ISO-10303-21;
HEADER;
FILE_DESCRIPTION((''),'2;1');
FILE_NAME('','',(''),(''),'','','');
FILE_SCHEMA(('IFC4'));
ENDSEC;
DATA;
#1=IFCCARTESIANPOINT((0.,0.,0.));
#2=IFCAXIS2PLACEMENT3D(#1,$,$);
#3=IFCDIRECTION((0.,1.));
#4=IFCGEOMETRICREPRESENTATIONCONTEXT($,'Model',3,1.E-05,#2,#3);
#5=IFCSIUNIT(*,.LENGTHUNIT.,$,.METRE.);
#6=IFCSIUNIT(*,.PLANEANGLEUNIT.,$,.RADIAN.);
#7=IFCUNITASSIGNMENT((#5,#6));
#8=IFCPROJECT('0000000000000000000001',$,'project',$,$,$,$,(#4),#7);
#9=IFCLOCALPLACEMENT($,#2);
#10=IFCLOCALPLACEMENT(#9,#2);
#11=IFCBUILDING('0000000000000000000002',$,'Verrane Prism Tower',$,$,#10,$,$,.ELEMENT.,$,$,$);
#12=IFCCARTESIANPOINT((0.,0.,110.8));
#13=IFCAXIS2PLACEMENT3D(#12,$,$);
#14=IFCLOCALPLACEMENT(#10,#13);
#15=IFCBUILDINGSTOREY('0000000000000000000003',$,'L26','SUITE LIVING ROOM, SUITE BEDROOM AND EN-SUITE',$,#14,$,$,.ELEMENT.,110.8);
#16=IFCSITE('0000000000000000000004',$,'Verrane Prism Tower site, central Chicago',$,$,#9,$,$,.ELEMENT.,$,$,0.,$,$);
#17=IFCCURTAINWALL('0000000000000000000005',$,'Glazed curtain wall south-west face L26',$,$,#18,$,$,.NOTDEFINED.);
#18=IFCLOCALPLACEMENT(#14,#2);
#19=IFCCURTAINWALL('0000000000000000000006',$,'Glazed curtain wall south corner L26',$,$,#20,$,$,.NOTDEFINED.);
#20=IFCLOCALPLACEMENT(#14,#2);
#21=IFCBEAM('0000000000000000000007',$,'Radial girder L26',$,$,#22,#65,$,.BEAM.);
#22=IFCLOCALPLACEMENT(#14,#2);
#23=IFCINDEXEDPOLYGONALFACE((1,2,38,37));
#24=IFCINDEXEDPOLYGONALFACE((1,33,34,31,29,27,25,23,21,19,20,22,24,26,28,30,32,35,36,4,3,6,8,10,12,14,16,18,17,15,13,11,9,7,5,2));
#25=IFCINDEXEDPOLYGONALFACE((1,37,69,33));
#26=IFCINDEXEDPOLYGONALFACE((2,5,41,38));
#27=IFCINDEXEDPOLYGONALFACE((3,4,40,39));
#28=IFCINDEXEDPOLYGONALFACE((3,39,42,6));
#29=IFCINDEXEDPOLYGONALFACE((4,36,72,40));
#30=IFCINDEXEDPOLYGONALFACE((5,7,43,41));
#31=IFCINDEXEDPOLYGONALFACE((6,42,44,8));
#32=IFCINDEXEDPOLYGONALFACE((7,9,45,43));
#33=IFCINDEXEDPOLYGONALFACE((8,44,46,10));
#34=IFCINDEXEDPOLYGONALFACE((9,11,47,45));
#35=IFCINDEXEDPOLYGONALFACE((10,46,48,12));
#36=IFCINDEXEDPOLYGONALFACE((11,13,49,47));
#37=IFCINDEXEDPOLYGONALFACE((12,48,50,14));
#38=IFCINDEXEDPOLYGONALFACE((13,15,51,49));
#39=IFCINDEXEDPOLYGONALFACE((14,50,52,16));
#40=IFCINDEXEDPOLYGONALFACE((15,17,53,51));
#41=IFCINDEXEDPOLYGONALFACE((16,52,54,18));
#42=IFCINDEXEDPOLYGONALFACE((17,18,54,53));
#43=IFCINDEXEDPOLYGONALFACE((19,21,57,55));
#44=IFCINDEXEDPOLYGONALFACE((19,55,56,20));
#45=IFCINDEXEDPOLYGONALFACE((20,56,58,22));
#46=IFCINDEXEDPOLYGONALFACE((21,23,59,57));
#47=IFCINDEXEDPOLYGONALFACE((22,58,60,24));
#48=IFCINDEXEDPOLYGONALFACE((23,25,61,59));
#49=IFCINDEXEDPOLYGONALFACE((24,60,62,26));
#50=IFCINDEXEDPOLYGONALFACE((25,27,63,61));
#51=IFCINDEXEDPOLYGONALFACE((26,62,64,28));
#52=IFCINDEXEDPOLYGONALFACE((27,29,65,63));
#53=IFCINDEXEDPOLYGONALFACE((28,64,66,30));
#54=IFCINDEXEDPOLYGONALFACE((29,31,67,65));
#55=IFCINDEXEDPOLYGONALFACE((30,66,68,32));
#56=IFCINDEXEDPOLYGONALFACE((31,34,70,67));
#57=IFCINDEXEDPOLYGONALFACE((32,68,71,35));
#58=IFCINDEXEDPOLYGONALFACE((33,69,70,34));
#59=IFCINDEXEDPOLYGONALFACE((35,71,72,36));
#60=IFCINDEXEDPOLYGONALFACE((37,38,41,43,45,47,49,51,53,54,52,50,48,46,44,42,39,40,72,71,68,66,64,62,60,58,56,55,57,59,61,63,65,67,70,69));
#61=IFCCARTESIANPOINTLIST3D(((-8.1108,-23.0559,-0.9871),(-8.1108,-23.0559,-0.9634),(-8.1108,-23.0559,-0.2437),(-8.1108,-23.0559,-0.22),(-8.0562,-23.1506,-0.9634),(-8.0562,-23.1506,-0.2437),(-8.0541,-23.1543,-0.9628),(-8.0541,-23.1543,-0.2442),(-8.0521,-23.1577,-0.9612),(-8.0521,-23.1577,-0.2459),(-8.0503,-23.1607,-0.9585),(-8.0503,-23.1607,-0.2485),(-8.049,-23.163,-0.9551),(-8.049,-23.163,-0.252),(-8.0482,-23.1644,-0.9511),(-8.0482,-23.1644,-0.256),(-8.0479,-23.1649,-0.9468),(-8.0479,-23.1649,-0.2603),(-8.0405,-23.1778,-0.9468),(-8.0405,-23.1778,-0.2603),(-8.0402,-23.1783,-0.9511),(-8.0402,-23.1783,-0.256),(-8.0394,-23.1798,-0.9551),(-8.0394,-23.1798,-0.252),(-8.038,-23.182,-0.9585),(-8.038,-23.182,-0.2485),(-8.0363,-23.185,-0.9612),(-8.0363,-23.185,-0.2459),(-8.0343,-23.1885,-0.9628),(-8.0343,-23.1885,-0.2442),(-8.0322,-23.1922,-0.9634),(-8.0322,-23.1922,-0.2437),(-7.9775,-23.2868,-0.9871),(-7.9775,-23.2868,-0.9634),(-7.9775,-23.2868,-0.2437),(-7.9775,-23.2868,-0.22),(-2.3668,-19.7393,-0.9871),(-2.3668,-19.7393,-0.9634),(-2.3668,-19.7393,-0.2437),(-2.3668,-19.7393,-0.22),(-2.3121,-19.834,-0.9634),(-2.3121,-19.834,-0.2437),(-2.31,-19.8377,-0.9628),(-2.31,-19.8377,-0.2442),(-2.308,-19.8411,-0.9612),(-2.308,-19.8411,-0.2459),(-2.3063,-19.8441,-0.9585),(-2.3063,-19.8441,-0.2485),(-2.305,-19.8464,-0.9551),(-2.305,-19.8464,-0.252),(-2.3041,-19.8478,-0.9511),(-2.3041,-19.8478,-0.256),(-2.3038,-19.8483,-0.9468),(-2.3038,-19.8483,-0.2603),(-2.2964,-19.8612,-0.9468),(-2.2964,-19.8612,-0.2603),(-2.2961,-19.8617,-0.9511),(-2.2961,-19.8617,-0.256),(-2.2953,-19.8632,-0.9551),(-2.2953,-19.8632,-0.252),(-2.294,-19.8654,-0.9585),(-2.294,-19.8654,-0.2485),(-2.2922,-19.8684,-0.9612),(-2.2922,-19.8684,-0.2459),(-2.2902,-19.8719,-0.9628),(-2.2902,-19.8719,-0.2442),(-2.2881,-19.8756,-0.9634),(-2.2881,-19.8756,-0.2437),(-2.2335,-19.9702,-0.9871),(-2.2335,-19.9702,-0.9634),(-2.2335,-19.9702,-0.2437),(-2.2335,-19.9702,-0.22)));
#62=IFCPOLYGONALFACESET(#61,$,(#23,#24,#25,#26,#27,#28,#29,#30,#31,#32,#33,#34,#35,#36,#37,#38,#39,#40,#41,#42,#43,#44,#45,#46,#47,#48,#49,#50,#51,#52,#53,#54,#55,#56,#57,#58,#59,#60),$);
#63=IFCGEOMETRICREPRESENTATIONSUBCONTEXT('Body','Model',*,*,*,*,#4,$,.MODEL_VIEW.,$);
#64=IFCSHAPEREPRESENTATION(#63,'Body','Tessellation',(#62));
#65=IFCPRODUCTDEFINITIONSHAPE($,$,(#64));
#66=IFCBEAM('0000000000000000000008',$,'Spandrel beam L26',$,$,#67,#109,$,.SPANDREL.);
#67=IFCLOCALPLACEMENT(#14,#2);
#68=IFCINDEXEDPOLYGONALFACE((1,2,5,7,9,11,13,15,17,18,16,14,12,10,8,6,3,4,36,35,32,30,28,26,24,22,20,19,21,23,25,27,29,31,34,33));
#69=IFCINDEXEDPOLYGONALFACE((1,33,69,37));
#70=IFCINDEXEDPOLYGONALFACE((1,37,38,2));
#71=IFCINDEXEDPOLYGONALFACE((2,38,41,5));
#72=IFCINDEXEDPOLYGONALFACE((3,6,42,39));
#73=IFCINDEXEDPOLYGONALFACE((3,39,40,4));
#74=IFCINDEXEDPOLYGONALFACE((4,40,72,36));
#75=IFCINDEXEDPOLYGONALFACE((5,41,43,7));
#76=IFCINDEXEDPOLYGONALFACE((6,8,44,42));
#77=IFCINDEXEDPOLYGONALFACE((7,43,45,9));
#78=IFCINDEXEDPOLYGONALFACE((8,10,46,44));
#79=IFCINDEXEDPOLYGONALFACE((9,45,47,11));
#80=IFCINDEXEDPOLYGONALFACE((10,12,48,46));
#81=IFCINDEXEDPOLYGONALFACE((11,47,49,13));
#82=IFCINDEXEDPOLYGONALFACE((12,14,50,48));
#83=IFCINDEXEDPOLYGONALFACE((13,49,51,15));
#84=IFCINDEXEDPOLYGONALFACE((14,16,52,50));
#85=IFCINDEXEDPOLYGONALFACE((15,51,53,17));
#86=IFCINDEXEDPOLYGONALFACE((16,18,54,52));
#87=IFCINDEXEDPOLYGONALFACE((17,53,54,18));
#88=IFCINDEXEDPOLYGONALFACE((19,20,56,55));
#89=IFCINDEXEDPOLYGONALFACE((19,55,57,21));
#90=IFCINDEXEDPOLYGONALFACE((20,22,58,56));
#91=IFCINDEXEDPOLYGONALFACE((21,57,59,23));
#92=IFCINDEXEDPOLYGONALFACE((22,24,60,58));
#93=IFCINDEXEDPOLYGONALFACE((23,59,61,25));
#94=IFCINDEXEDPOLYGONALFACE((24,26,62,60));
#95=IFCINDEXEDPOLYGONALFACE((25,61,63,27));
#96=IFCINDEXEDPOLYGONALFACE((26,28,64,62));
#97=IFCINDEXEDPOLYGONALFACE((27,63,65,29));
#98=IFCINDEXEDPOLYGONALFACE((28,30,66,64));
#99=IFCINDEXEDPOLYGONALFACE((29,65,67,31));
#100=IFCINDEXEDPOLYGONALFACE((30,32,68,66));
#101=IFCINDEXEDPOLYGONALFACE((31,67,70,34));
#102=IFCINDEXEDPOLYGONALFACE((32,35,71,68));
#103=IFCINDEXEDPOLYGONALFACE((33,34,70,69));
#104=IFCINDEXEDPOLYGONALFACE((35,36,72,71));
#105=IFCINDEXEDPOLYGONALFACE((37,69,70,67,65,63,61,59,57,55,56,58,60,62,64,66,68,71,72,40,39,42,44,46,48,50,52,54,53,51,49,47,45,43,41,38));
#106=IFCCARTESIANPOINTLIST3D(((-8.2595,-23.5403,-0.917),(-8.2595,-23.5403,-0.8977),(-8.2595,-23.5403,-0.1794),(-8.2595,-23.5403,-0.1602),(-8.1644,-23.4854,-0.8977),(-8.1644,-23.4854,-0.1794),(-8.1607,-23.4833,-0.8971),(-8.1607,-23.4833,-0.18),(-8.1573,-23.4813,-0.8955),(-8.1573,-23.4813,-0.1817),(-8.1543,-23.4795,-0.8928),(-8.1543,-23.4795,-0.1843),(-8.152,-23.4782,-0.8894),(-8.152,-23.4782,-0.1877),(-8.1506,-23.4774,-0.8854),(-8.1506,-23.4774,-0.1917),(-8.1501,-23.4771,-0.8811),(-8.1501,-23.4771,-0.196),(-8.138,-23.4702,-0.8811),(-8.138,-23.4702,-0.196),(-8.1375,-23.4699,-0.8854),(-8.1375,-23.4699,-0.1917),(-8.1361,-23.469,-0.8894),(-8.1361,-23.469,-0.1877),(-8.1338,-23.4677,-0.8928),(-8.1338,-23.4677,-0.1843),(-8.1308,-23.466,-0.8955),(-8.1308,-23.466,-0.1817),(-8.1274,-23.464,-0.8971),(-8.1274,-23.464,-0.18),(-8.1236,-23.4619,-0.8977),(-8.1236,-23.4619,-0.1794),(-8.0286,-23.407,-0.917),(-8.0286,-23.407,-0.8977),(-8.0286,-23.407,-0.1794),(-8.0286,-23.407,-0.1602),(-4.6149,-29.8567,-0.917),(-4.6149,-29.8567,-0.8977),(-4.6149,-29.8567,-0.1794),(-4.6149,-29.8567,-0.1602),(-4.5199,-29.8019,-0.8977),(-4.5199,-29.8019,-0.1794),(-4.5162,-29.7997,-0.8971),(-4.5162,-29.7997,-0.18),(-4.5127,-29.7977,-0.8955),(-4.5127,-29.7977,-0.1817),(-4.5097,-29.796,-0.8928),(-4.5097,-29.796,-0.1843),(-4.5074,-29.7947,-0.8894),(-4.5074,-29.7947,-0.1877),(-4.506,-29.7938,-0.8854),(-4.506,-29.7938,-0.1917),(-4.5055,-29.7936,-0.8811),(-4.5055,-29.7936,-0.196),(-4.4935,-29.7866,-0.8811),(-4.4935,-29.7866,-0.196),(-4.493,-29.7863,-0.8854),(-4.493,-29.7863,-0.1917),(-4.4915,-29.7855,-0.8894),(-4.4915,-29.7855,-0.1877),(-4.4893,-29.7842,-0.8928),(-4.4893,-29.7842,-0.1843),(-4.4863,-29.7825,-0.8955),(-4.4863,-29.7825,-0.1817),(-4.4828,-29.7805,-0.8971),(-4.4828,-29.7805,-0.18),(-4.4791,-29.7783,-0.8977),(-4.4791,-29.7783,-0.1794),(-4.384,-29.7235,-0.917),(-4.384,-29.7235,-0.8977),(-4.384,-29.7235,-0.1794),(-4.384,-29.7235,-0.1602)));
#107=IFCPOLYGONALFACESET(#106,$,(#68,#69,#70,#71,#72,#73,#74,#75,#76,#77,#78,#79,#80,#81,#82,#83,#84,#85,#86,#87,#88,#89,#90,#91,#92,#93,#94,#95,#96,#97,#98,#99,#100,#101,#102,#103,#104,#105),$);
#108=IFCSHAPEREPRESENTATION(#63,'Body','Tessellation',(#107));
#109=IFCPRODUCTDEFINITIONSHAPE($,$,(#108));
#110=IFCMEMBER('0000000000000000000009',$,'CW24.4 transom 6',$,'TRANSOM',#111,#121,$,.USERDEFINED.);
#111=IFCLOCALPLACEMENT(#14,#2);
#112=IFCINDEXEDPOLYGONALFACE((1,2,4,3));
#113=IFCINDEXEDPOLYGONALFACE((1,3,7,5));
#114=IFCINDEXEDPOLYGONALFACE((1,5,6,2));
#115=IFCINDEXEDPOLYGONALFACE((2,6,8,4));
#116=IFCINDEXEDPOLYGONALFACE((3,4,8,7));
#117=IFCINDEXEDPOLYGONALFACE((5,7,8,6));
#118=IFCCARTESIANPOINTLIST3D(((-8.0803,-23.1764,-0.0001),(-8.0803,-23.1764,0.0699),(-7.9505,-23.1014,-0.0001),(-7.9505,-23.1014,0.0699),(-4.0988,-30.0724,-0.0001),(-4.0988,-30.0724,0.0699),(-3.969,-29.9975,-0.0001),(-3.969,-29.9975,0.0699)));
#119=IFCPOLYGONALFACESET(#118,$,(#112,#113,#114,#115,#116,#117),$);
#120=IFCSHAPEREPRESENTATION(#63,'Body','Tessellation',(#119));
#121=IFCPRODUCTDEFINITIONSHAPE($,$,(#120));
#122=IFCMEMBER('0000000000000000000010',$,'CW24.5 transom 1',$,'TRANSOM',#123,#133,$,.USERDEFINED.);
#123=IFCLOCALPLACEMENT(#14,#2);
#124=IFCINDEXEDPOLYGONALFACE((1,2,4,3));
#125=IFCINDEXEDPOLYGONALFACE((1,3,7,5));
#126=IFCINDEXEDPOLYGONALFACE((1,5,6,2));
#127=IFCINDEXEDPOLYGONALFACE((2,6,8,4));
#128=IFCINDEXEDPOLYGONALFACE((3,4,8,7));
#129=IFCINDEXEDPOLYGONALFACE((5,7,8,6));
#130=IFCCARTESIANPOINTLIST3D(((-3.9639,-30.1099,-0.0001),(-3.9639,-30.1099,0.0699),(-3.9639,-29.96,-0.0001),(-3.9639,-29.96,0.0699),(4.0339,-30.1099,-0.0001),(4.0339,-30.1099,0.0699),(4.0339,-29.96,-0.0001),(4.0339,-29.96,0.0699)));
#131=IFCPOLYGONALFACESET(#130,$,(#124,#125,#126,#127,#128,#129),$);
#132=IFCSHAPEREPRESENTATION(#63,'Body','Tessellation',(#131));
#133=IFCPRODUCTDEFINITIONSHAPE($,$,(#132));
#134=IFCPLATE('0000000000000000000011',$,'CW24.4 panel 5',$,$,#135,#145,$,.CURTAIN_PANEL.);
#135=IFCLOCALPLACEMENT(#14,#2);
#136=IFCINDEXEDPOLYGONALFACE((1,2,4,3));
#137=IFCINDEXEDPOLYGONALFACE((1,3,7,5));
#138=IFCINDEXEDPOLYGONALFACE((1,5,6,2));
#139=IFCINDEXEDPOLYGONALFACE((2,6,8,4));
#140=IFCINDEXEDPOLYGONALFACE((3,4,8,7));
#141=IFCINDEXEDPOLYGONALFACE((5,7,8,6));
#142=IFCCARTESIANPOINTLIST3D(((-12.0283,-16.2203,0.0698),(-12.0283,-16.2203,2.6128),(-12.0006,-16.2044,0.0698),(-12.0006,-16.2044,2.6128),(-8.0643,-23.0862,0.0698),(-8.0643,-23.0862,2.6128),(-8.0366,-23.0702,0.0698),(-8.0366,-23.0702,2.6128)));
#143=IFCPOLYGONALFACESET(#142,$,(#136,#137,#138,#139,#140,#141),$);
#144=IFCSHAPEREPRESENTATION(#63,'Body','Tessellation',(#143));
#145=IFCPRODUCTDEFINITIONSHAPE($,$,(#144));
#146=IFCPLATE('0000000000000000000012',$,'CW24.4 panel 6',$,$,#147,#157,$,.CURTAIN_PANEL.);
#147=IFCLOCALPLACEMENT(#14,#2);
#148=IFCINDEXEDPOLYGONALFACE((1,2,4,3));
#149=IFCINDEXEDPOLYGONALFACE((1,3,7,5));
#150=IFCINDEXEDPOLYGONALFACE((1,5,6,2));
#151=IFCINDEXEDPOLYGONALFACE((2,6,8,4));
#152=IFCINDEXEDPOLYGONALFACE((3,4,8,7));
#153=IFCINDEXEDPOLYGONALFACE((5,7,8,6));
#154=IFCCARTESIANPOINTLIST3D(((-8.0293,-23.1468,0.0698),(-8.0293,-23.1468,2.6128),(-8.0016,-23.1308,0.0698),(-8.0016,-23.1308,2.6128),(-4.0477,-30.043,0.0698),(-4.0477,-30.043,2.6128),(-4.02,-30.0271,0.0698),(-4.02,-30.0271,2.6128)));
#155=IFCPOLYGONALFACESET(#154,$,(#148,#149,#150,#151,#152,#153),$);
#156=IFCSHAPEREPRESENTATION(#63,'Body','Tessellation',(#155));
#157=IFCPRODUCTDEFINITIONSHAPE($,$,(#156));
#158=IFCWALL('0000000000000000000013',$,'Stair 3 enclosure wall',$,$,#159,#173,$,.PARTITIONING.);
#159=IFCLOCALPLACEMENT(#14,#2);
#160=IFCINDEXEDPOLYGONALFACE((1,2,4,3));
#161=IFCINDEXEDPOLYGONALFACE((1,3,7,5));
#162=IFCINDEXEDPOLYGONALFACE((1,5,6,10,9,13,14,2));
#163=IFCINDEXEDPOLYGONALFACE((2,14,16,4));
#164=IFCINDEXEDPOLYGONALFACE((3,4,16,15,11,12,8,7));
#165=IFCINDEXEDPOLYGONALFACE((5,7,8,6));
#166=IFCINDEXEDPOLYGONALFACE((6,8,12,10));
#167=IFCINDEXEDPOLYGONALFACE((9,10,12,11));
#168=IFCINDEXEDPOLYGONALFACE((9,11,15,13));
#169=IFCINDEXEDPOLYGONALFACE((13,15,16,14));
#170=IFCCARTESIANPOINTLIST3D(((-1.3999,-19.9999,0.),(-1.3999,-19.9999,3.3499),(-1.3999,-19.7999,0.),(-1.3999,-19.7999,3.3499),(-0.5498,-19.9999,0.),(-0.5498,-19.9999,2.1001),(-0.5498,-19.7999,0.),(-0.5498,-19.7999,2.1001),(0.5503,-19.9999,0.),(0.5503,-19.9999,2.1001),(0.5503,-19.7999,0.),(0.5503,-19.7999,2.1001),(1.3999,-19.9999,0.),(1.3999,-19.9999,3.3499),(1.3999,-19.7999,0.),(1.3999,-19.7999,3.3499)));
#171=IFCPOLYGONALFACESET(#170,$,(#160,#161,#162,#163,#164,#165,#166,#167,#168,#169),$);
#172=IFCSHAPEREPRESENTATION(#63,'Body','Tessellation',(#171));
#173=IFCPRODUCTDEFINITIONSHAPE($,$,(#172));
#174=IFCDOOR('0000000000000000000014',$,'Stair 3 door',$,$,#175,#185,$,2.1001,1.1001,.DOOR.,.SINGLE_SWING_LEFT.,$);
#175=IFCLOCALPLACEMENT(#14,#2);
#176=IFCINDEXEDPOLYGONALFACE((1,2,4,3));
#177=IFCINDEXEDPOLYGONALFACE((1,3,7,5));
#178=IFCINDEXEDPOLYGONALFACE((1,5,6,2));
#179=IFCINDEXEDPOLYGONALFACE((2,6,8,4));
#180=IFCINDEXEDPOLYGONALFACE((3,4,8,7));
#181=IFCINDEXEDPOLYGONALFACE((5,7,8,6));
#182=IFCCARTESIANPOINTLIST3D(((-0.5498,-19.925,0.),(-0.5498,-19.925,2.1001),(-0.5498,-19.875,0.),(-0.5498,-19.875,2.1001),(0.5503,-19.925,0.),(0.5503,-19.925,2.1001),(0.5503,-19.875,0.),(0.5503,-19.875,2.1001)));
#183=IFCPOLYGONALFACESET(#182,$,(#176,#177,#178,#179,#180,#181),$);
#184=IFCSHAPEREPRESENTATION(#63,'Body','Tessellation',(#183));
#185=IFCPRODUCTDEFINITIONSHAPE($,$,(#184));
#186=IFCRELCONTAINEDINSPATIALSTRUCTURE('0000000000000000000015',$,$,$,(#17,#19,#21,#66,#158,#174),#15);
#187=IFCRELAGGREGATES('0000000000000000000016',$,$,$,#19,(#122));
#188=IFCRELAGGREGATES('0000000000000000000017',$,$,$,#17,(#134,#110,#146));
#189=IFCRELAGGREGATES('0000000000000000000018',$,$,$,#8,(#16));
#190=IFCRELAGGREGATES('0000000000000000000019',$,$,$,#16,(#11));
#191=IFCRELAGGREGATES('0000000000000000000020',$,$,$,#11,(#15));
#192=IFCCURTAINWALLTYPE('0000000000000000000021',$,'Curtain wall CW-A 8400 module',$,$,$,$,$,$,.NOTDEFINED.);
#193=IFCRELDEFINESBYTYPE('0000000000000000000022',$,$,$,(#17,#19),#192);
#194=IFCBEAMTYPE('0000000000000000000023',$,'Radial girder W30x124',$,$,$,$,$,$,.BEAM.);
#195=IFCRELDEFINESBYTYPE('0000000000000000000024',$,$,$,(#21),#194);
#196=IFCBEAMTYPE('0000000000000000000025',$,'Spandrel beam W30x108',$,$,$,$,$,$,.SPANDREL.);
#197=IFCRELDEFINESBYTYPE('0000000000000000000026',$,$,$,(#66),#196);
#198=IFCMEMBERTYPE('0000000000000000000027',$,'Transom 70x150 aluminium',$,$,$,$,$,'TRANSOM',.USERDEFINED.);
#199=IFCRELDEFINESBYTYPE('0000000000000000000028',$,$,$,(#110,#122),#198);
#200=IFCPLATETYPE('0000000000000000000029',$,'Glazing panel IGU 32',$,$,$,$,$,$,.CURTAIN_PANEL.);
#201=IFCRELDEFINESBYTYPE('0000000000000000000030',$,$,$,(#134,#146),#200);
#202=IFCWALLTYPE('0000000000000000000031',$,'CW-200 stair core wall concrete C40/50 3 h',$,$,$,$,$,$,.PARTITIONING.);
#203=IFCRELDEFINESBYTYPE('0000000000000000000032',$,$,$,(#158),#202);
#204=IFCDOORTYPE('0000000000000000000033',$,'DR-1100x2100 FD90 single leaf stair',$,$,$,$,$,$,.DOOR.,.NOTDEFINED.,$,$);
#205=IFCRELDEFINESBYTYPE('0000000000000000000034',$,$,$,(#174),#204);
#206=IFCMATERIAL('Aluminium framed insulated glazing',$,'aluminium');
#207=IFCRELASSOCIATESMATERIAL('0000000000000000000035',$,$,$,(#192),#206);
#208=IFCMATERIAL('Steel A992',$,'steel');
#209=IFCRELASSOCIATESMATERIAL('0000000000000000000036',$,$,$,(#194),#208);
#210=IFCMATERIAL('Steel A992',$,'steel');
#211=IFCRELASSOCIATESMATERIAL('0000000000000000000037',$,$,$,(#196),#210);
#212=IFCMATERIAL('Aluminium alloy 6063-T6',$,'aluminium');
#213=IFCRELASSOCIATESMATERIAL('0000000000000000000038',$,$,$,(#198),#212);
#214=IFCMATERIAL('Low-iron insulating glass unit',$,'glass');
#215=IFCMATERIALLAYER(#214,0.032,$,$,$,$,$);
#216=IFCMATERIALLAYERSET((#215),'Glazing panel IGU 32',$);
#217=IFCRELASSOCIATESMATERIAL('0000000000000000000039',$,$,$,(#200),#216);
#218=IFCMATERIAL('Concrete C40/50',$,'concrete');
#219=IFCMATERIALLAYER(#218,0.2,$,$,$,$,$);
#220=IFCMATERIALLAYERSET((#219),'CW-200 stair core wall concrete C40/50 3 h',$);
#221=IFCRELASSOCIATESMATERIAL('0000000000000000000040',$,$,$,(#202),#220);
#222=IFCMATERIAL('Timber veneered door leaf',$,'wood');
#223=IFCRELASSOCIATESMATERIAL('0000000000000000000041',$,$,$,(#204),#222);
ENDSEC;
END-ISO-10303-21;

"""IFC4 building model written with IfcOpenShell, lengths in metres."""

from ifc_helpers import new_model, si_unit, direction, frame, frame_2d, origin, origin_2d, place, context, subcontext, project, spatial, rectangle, i_section, extrude, material, layer, layer_set, material_profile, profile_set, type_object, element, fill, aggregate, save


model = new_model("IFC4")

# Units and contexts
model_context = context("Model", 3, precision=1e-05, world=origin(), true_north=direction((0.0, 1.0)))
body_context = subcontext(model_context, "Body", "Model", "MODEL_VIEW")
ifc_project = project(units=[si_unit("LENGTHUNIT", "METRE"), si_unit("PLANEANGLEUNIT", "RADIAN")], contexts=[model_context])

# Site, building, storey
site_placement = place(None, origin())
site = spatial("IfcSite", under=ifc_project, at=site_placement, Name="Verrane Prism Tower site, central Chicago", CompositionType="ELEMENT", RefElevation=0.0)
building_placement = place(site_placement, origin())
building = spatial("IfcBuilding", under=site, at=building_placement, Name="Verrane Prism Tower", CompositionType="ELEMENT")
storey_placement = place(building_placement, frame((0.0, 0.0, 110.8)))
storey = spatial("IfcBuildingStorey", under=building, at=storey_placement, Name="L26", Description="SUITE LIVING ROOM, SUITE BEDROOM AND EN-SUITE", CompositionType="ELEMENT", Elevation=110.8)

# Curtain walls
ifc_material_1 = material(Name="Aluminium framed insulated glazing", Category="aluminium")
curtain_wall_type = type_object("IfcCurtainWallType", Name="Curtain wall CW-A 8400 module", PredefinedType="NOTDEFINED", material=ifc_material_1)
curtain_wall_1_placement = place(storey_placement, origin())
curtain_wall_1 = element("IfcCurtainWall", 1, at=curtain_wall_1_placement, inside=storey, type_object=curtain_wall_type, Name="Glazed curtain wall south-west face L26", PredefinedType="NOTDEFINED")
curtain_wall_2_placement = place(storey_placement, origin())
curtain_wall_2 = element("IfcCurtainWall", 2, at=curtain_wall_2_placement, inside=storey, type_object=curtain_wall_type, Name="Glazed curtain wall south corner L26", PredefinedType="NOTDEFINED")

# Beams
ifc_material_2 = material(Name="Steel A992", Category="steel")
ifc_material_profile_1 = material_profile(ifc_material_2, i_section(OverallWidth=0.2666, OverallDepth=0.7671, WebThickness=0.0149, FlangeThickness=0.0237, FilletRadius=0.0166, at=origin_2d()), Name="W30x124")
ifc_profile_set_1 = profile_set([ifc_material_profile_1], Name="Steel A992")
beam_type_1 = type_object("IfcBeamType", Name="Radial girder W30x124", PredefinedType="BEAM", material=ifc_profile_set_1)
beam_1_placement = place(storey_placement, frame((-8.0442, -23.1714, -0.6035), z_axis=(0.866008, 0.50003, 0.0), x_axis=(-0.50003, 0.866008, 0.0)))
element("IfcBeam", 3, at=beam_1_placement, inside=storey, type_object=beam_type_1, Name="Radial girder L26", PredefinedType="BEAM", context=body_context, shape_type="SweptSolid", body=[
    extrude(i_section(OverallWidth=0.2666, OverallDepth=0.7671, WebThickness=0.0149, FlangeThickness=0.0237, FilletRadius=0.0166, at=origin_2d()), origin(), (0.0, 0.0, 1.0), 6.6328),
])
ifc_material_3 = material(Name="Steel A992", Category="steel")
ifc_material_profile_2 = material_profile(ifc_material_3, i_section(OverallWidth=0.2666, OverallDepth=0.7568, WebThickness=0.0139, FlangeThickness=0.0193, FilletRadius=0.0166, at=origin_2d()), Name="W30x108")
ifc_profile_set_2 = profile_set([ifc_material_profile_2], Name="Steel A992")
beam_type_2 = type_object("IfcBeamType", Name="Spandrel beam W30x108", PredefinedType="SPANDREL", material=ifc_profile_set_2)
beam_2_placement = place(storey_placement, frame((-8.144, -23.4736, -0.5386), z_axis=(0.499769, -0.866159, 0.0), x_axis=(0.866159, 0.499769, 0.0)))
element("IfcBeam", 4, at=beam_2_placement, inside=storey, type_object=beam_type_2, Name="Spandrel beam L26", PredefinedType="SPANDREL", context=body_context, shape_type="SweptSolid", body=[
    extrude(i_section(OverallWidth=0.2666, OverallDepth=0.7568, WebThickness=0.0139, FlangeThickness=0.0193, FilletRadius=0.0166, at=origin_2d()), origin(), (0.0, 0.0, 1.0), 7.2925),
])

# Members
ifc_material_4 = material(Name="Aluminium alloy 6063-T6", Category="aluminium")
ifc_material_profile_3 = material_profile(ifc_material_4, rectangle(XDim=0.1499, YDim=0.0701, at=origin_2d()), Name="Transom 70x150 aluminium")
ifc_profile_set_3 = profile_set([ifc_material_profile_3], Name="Aluminium alloy 6063-T6")
member_type_1 = type_object("IfcMemberType", Name="Transom 70x150 aluminium", ElementType="TRANSOM", PredefinedType="USERDEFINED", material=ifc_profile_set_3)
member_1_placement = place(storey_placement, frame((-8.0154, -23.1389, 0.0349), z_axis=(0.500004, -0.866023, 0.0), x_axis=(0.866023, 0.500004, 0.0)))
member_1 = element("IfcMember", 5, at=member_1_placement, type_object=member_type_1, Name="CW24.4 transom 6", ObjectType="TRANSOM", PredefinedType="USERDEFINED", context=body_context, shape_type="SweptSolid", body=[
    extrude(rectangle(XDim=0.1499, YDim=0.0701, at=origin_2d()), origin(), (0.0, 0.0, 1.0), 7.9629),
])
member_2_placement = place(storey_placement, frame((-3.9639, -30.0349, 0.0349), z_axis=(1.0, 0.0, 0.0), x_axis=(0.0, 1.0, 0.0)))
member_2 = element("IfcMember", 6, at=member_2_placement, type_object=member_type_1, Name="CW24.5 transom 1", ObjectType="TRANSOM", PredefinedType="USERDEFINED", context=body_context, shape_type="SweptSolid", body=[
    extrude(rectangle(XDim=0.1499, YDim=0.0701, at=origin_2d()), origin(), (0.0, 0.0, 1.0), 7.9978),
])
aggregate(curtain_wall_2, [member_2])

# Plates
ifc_material_5 = material(Name="Low-iron insulating glass unit", Category="glass")
ifc_layer_1 = layer(ifc_material_5, 0.032)
ifc_layer_set_1 = layer_set([ifc_layer_1], Name="Glazing panel IGU 32")
plate_type = type_object("IfcPlateType", Name="Glazing panel IGU 32", PredefinedType="CURTAIN_PANEL", material=ifc_layer_set_1)
plate_1_placement = place(storey_placement, frame((-10.0325, -19.6453, 0.0698), z_axis=(0.0, 0.0, 1.0), x_axis=(0.5, -0.866025, 0.0)))
plate_1 = element("IfcPlate", 7, at=plate_1_placement, type_object=plate_type, Name="CW24.4 panel 5", PredefinedType="CURTAIN_PANEL", context=body_context, shape_type="SweptSolid", body=[
    extrude(rectangle(XDim=7.928, YDim=0.032, at=origin_2d()), origin(), (0.0, 0.0, 1.0), 2.543),
])
plate_2_placement = place(storey_placement, frame((-6.0247, -26.5869, 0.0698), z_axis=(0.0, 0.0, 1.0), x_axis=(0.5, -0.866025, 0.0)))
plate_2 = element("IfcPlate", 8, at=plate_2_placement, type_object=plate_type, Name="CW24.4 panel 6", PredefinedType="CURTAIN_PANEL", context=body_context, shape_type="SweptSolid", body=[
    extrude(rectangle(XDim=7.9631, YDim=0.032, at=origin_2d()), origin(), (0.0, 0.0, 1.0), 2.543),
])
aggregate(curtain_wall_1, [plate_1, member_1, plate_2])

# Wall, opening, door
ifc_material_6 = material(Name="Concrete C40/50", Category="concrete")
ifc_layer_2 = layer(ifc_material_6, 0.2)
ifc_layer_set_2 = layer_set([ifc_layer_2], Name="CW-200 stair core wall concrete C40/50 3 h")
wall_type_1 = type_object("IfcWallType", Name="CW-200 stair core wall concrete C40/50 3 h", PredefinedType="PARTITIONING", material=ifc_layer_set_2)
wall_1_placement = place(storey_placement, frame((-1.3999, -19.8999, 0.0), z_axis=(0.0, 0.0, 1.0), x_axis=(1.0, 0.0, 0.0)))
wall_1 = element("IfcWall", 9, at=wall_1_placement, inside=storey, type_object=wall_type_1, Name="Stair 3 enclosure wall", PredefinedType="PARTITIONING", context=body_context, shape_type="SweptSolid", body=[
    extrude(rectangle(XDim=2.7998, YDim=0.2, at=frame_2d((1.3999, 0.0))), origin(), (0.0, 0.0, 1.0), 3.3499),
])
opening_1_placement = place(wall_1_placement, frame((0.8501, 0.0, 0.0)))
opening_1 = element("IfcOpeningElement", 10, at=opening_1_placement, cuts=wall_1, PredefinedType="OPENING", context=body_context, shape_type="SweptSolid", body=[
    extrude(rectangle(XDim=1.1001, YDim=2.1001, at=frame_2d((0.55, 1.05))), frame((0.0, 0.1099, 0.0), z_axis=(0.0, -1.0, 0.0), x_axis=(1.0, 0.0, 0.0)), (0.0, 0.0, 1.0), 0.22),
])
ifc_material_7 = material(Name="Timber veneered door leaf", Category="wood")
door_type_1 = type_object("IfcDoorType", Name="DR-1100x2100 FD90 single leaf stair", OperationType="NOTDEFINED", PredefinedType="DOOR", material=ifc_material_7)
door_1_placement = place(opening_1_placement, origin())
door_1 = element("IfcDoor", 11, at=door_1_placement, inside=storey, type_object=door_type_1, Name="Stair 3 door", OperationType="SINGLE_SWING_LEFT", OverallHeight=2.1001, OverallWidth=1.1001, PredefinedType="DOOR", context=body_context, shape_type="SweptSolid", body=[
    extrude(rectangle(XDim=1.1001, YDim=2.1001, at=frame_2d((0.55, 1.05))), frame((0.0, 0.0249, 0.0), z_axis=(0.0, -1.0, 0.0), x_axis=(1.0, 0.0, 0.0)), (0.0, 0.0, 1.0), 0.05),
])
fill(opening_1, door_1)

save(model, "model.ifc")
